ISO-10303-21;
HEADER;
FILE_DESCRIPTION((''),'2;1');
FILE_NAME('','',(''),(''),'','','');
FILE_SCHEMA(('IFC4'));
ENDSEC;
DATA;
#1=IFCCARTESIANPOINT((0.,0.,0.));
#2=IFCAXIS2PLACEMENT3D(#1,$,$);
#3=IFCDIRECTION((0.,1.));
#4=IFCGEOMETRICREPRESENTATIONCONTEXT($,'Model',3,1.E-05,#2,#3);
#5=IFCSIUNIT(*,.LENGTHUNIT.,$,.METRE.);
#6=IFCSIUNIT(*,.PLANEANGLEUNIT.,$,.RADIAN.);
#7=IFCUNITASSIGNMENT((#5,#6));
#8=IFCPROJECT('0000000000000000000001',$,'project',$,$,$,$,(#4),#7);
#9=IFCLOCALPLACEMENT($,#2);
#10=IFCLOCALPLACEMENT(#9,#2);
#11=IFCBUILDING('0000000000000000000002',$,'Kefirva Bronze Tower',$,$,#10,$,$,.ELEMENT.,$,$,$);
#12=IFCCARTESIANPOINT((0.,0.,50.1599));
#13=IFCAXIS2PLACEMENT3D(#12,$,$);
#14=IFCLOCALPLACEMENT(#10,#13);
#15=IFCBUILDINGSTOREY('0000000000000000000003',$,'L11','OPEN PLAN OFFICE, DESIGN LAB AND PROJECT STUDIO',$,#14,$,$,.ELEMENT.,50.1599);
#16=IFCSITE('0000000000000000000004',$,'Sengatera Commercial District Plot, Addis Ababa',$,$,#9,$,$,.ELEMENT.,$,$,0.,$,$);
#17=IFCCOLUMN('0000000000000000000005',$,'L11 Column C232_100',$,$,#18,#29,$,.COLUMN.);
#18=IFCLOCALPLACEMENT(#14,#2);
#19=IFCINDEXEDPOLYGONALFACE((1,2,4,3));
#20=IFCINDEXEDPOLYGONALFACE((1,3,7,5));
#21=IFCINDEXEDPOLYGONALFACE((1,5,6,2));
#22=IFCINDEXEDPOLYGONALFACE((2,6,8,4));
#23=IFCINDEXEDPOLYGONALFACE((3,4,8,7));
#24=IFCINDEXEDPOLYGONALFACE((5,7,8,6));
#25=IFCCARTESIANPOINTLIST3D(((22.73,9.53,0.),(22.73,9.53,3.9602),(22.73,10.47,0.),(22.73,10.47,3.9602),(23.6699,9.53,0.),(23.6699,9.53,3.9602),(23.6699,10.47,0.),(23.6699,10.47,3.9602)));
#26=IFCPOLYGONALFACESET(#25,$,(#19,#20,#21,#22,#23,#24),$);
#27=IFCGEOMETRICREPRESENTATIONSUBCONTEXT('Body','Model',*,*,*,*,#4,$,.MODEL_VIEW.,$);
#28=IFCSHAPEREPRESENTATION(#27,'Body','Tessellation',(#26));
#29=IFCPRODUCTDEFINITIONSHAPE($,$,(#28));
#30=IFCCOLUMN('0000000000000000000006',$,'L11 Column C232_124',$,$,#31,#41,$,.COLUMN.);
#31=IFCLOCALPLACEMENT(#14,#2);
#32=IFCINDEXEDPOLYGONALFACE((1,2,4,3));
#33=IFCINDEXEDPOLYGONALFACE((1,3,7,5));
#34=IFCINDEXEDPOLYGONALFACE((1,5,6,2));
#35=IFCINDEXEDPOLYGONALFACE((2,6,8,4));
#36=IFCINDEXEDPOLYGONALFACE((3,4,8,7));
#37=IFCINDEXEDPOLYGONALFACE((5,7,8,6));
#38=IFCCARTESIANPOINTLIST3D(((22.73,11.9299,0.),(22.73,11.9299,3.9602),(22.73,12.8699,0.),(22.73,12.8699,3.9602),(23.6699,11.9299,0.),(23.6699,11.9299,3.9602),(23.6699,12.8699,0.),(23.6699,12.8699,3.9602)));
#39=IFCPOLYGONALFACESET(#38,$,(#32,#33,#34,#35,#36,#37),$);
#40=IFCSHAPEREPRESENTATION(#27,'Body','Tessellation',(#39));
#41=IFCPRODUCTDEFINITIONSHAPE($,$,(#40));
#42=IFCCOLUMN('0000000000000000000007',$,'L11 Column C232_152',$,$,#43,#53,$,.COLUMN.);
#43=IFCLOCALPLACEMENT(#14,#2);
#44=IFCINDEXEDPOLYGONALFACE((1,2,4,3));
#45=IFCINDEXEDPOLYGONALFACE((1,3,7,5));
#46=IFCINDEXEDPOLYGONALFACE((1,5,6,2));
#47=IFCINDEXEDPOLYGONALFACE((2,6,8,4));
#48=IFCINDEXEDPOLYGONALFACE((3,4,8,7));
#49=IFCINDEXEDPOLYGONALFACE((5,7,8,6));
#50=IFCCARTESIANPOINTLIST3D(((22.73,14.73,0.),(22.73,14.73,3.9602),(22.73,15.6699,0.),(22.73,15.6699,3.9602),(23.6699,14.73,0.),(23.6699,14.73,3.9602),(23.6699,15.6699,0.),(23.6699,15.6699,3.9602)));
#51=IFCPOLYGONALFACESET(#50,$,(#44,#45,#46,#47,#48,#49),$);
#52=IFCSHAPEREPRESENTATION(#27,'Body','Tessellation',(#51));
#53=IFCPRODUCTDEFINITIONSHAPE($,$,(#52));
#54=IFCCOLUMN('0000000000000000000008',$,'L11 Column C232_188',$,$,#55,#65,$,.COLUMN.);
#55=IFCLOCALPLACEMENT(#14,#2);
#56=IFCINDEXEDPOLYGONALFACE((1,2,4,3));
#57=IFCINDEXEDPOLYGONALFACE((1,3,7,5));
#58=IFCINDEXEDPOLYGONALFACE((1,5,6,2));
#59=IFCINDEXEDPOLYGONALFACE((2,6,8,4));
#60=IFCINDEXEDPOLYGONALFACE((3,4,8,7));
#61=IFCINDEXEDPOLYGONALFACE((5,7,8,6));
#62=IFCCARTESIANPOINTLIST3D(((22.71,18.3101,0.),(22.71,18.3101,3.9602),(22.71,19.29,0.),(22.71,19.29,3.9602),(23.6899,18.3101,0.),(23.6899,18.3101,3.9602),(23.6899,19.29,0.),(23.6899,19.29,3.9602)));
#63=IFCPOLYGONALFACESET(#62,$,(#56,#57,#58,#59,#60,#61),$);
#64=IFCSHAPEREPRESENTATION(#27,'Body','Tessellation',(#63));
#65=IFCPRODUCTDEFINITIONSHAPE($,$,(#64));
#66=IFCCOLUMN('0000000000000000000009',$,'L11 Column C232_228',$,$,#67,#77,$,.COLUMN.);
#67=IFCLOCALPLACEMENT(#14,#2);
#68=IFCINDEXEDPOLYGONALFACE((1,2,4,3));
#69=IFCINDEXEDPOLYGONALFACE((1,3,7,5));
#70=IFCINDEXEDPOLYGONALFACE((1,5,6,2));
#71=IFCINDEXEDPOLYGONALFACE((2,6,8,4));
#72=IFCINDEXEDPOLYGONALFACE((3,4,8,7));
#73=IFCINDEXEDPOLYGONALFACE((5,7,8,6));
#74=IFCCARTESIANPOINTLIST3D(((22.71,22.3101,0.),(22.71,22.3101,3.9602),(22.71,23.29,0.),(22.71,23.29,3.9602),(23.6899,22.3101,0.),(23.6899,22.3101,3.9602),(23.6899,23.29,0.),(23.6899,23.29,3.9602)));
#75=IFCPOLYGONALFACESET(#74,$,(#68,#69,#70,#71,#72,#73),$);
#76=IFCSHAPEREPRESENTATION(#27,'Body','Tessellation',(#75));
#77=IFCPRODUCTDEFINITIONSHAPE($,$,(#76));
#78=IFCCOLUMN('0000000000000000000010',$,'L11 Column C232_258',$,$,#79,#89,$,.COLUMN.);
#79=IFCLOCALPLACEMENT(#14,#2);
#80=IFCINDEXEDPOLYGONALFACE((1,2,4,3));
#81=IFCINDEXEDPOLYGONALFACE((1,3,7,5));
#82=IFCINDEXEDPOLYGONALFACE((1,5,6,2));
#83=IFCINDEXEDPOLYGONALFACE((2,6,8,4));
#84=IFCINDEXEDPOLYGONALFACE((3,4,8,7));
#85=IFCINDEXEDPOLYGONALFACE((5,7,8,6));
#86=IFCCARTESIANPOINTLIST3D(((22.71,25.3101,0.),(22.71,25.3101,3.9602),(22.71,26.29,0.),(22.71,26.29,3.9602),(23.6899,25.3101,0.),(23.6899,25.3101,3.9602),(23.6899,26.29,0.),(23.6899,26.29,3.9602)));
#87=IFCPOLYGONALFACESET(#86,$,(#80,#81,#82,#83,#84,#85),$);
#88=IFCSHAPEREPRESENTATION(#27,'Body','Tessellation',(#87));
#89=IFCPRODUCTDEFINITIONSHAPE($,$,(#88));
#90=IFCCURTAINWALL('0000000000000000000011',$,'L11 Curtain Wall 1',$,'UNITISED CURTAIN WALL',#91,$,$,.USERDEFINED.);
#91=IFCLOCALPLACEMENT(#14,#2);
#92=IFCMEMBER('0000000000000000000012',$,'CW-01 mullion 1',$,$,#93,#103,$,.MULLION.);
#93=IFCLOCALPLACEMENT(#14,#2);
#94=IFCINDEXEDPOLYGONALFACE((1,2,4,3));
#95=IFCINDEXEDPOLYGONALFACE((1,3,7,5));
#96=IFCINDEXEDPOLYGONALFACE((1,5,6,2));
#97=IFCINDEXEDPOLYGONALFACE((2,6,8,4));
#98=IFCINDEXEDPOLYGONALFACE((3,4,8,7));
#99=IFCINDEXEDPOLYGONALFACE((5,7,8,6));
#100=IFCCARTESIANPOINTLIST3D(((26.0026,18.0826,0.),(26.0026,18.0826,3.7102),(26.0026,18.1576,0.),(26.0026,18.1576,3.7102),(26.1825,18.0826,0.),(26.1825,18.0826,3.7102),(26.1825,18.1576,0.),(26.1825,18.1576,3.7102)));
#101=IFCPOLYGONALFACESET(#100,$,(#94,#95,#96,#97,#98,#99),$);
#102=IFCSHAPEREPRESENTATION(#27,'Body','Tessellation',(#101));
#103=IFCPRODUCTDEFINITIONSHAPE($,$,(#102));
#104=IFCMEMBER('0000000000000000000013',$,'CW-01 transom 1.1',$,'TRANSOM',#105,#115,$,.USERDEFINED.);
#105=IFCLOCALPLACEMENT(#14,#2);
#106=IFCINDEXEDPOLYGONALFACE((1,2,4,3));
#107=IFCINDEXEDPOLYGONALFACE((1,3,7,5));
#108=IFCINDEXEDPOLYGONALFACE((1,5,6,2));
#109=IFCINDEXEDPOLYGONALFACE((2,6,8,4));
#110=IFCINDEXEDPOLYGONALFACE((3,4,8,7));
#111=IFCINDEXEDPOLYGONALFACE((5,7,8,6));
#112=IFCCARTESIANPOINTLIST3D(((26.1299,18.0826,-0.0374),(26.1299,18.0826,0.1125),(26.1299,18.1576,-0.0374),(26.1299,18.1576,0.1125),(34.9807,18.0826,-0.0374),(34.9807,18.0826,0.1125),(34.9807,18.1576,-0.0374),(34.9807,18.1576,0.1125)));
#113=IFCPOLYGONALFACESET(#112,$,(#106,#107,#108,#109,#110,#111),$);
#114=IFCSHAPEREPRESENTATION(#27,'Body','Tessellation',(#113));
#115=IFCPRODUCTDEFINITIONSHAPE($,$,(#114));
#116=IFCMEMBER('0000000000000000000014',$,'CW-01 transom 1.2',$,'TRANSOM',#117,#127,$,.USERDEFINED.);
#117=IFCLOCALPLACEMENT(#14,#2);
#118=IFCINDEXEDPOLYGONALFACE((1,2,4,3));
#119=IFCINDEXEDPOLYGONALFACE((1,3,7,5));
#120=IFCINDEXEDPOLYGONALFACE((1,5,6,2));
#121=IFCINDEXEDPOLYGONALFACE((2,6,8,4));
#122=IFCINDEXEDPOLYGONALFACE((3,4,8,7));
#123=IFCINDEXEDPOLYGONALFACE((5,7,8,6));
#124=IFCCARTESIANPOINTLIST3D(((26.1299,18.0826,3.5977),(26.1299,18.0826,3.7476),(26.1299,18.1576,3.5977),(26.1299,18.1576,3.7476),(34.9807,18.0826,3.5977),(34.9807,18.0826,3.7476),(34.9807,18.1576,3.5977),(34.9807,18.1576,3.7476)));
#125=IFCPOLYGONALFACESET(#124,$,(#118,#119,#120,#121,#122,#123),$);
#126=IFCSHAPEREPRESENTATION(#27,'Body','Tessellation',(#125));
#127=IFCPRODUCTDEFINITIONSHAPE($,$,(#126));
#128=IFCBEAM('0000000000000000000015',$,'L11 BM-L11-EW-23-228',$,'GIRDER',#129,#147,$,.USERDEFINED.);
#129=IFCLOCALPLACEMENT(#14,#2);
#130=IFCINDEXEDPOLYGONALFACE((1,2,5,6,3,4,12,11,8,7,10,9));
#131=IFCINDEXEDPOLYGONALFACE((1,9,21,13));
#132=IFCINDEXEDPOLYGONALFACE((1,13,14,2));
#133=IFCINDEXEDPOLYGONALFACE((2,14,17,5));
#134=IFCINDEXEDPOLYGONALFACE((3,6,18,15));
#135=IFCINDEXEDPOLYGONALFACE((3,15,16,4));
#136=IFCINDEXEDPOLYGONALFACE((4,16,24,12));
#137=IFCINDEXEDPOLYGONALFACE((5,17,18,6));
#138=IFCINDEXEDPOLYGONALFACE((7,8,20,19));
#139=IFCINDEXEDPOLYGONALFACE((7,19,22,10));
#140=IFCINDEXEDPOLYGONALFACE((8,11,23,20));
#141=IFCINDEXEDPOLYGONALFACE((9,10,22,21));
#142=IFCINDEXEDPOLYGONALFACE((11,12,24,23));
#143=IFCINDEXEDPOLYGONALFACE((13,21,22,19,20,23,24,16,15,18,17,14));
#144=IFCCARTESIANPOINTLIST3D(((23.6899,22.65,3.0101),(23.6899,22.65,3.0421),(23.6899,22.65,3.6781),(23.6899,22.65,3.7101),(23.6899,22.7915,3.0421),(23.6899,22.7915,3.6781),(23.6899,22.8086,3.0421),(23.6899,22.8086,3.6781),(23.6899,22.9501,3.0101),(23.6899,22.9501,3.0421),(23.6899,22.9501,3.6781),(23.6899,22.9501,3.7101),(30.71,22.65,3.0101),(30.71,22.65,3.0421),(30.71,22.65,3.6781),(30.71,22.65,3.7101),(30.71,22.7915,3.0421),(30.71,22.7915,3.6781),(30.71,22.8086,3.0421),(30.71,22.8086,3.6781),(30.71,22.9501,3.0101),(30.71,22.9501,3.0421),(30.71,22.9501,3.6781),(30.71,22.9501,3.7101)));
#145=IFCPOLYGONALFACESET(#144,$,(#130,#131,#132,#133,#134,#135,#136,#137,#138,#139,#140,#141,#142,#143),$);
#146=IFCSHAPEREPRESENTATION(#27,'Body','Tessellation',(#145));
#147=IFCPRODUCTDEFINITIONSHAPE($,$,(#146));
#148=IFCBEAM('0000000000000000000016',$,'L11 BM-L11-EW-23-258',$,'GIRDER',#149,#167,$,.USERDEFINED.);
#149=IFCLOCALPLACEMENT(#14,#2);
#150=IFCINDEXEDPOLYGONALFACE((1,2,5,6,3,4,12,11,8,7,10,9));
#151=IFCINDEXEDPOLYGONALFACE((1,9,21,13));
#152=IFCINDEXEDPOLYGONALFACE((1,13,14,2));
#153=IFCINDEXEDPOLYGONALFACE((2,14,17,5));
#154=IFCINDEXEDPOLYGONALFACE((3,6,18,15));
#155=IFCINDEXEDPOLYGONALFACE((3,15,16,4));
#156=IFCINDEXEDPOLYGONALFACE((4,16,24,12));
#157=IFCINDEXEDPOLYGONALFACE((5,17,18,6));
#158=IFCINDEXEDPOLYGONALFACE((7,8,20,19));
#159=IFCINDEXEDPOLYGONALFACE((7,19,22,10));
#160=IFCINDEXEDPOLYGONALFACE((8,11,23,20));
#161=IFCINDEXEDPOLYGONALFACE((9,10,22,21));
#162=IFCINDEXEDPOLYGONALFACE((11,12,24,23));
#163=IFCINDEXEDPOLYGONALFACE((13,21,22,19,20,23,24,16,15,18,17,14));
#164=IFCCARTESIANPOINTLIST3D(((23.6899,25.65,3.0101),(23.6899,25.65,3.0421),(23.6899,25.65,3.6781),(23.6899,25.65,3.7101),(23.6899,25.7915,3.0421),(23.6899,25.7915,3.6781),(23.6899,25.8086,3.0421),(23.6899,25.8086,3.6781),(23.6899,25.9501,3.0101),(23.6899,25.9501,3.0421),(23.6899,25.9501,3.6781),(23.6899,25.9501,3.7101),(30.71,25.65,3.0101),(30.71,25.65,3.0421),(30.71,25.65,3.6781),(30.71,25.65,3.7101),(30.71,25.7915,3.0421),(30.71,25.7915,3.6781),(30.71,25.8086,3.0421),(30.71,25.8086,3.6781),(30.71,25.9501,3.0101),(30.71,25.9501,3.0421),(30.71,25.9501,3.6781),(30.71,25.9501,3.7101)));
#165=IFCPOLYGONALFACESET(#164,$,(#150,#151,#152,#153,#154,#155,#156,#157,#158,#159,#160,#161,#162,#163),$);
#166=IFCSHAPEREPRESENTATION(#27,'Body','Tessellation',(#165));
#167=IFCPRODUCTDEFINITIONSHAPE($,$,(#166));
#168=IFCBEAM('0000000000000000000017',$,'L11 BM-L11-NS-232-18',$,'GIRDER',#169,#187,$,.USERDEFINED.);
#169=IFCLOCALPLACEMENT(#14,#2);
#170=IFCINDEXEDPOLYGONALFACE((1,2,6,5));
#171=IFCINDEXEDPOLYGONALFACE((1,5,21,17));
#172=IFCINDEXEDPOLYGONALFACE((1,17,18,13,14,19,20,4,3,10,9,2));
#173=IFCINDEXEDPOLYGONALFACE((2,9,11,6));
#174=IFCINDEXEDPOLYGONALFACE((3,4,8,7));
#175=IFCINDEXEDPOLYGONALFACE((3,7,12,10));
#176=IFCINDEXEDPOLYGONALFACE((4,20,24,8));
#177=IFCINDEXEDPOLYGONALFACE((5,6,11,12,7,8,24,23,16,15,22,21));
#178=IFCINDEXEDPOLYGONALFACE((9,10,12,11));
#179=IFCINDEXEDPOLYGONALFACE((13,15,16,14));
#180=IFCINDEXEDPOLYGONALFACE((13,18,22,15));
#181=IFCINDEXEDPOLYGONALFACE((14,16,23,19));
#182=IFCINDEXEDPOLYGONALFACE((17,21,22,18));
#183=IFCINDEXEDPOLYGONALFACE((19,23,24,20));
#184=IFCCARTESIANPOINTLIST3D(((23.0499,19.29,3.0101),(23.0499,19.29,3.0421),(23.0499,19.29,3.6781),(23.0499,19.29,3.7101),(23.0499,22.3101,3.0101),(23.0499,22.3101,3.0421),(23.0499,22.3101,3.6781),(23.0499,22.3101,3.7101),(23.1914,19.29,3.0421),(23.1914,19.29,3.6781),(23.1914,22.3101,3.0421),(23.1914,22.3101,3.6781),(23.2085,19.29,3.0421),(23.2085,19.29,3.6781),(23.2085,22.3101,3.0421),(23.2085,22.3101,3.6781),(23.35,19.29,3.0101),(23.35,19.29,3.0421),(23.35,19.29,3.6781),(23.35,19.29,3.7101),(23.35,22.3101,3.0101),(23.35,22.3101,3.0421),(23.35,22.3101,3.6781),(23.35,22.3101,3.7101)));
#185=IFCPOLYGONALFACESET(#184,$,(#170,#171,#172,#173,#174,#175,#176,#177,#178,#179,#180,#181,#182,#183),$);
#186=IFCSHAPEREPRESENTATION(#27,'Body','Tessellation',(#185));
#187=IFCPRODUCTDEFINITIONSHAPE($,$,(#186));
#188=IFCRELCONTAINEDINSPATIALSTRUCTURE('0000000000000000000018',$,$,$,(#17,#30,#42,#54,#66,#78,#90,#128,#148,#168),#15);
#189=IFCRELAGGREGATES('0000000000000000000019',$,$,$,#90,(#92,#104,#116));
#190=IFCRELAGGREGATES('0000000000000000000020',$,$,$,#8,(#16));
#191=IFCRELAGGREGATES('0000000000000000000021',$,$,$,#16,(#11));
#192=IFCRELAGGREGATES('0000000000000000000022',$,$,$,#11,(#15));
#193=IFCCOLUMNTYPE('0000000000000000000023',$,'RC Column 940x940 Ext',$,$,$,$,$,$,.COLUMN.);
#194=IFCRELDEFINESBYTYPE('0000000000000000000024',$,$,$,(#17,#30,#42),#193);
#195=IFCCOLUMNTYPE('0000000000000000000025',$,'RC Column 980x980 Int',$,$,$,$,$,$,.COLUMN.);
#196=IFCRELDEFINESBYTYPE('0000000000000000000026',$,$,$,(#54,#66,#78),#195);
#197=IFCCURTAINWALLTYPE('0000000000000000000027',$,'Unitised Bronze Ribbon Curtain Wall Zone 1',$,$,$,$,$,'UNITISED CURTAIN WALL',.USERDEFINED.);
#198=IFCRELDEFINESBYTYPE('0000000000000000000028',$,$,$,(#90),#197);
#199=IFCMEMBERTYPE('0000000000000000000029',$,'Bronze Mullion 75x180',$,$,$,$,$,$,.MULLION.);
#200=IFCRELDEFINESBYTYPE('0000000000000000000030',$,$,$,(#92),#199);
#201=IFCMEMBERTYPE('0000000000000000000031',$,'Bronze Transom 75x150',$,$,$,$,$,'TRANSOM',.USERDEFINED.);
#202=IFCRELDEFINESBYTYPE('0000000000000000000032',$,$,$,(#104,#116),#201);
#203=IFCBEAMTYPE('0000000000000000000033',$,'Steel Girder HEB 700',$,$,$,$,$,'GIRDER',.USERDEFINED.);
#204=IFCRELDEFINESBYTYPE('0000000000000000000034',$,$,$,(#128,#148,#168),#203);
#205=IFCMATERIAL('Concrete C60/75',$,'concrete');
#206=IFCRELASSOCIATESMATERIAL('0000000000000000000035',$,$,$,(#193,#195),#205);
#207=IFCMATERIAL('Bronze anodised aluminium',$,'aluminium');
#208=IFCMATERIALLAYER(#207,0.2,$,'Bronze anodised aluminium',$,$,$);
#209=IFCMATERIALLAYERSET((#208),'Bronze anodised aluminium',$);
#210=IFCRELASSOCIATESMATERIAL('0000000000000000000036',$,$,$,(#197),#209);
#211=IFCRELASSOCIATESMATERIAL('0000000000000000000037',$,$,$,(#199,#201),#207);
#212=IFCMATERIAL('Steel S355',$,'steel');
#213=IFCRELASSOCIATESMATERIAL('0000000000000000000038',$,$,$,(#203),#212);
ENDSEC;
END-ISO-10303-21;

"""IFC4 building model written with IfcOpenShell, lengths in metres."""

from ifc_helpers import new_model, si_unit, direction, frame, origin, origin_2d, place, context, subcontext, project, spatial, rectangle, i_section, extrude, material, layer, layer_set, material_profile, profile_set, type_object, element, aggregate, save


model = new_model("IFC4")

# Units and contexts
model_context = context("Model", 3, precision=1e-05, world=origin(), true_north=direction((0.0, 1.0)))
body_context = subcontext(model_context, "Body", "Model", "MODEL_VIEW")
ifc_project = project(units=[si_unit("LENGTHUNIT", "METRE"), si_unit("PLANEANGLEUNIT", "RADIAN")], contexts=[model_context])

# Site, building, storey
site_placement = place(None, origin())
site = spatial("IfcSite", under=ifc_project, at=site_placement, Name="Sengatera Commercial District Plot, Addis Ababa", CompositionType="ELEMENT", RefElevation=0.0)
building_placement = place(site_placement, origin())
building = spatial("IfcBuilding", under=site, at=building_placement, Name="Kefirva Bronze Tower", CompositionType="ELEMENT")
storey_placement = place(building_placement, frame((0.0, 0.0, 50.1599)))
storey = spatial("IfcBuildingStorey", under=building, at=storey_placement, Name="L11", Description="OPEN PLAN OFFICE, DESIGN LAB AND PROJECT STUDIO", CompositionType="ELEMENT", Elevation=50.1599)

# Columns
ifc_material_1 = material(Name="Concrete C60/75", Category="concrete")
ifc_material_profile_1 = material_profile(ifc_material_1, rectangle(XDim=0.9399, YDim=0.9399, at=origin_2d()), Name="RC 940x940")
ifc_profile_set_1 = profile_set([ifc_material_profile_1], Name="Concrete C60/75")
column_type_1 = type_object("IfcColumnType", Name="RC Column 940x940 Ext", PredefinedType="COLUMN", material=ifc_profile_set_1)
for number, where, z_axis, x_axis, name in (
    (1, (23.2, 10.0, 0.0), (0.0, 0.0, 1.0), (1.0, 0.0, 0.0), "L11 Column C232_100"),
    (2, (23.2, 12.3999, 0.0), (0.0, 0.0, 1.0), (1.0, 0.0, 0.0), "L11 Column C232_124"),
    (3, (23.2, 15.2, 0.0), (0.0, 0.0, 1.0), (1.0, 0.0, 0.0), "L11 Column C232_152"),
):
    element("IfcColumn", number, at=place(storey_placement, frame(where, z_axis=z_axis, x_axis=x_axis)), inside=storey, type_object=column_type_1, Name=name, PredefinedType="COLUMN", context=body_context, shape_type="SweptSolid", body=[
        extrude(rectangle(XDim=0.9399, YDim=0.9399, at=origin_2d()), origin(), (0.0, 0.0, 1.0), 3.9602),
    ])
ifc_material_profile_2 = material_profile(ifc_material_1, rectangle(XDim=0.98, YDim=0.98, at=origin_2d()), Name="RC 980x980")
ifc_profile_set_2 = profile_set([ifc_material_profile_2], Name="Concrete C60/75")
column_type_2 = type_object("IfcColumnType", Name="RC Column 980x980 Int", PredefinedType="COLUMN", material=ifc_profile_set_2)
for number, where, z_axis, x_axis, name in (
    (4, (23.2, 18.8, 0.0), (0.0, 0.0, 1.0), (1.0, 0.0, 0.0), "L11 Column C232_188"),
    (5, (23.2, 22.8, 0.0), (0.0, 0.0, 1.0), (1.0, 0.0, 0.0), "L11 Column C232_228"),
    (6, (23.2, 25.8, 0.0), (0.0, 0.0, 1.0), (1.0, 0.0, 0.0), "L11 Column C232_258"),
):
    element("IfcColumn", number, at=place(storey_placement, frame(where, z_axis=z_axis, x_axis=x_axis)), inside=storey, type_object=column_type_2, Name=name, PredefinedType="COLUMN", context=body_context, shape_type="SweptSolid", body=[
        extrude(rectangle(XDim=0.98, YDim=0.98, at=origin_2d()), origin(), (0.0, 0.0, 1.0), 3.9602),
    ])

# Curtain wall, members
ifc_material_2 = material(Name="Bronze anodised aluminium", Category="aluminium")
ifc_layer_1 = layer(ifc_material_2, 0.2, Name="Bronze anodised aluminium")
ifc_layer_set_1 = layer_set([ifc_layer_1], Name="Bronze anodised aluminium")
curtain_wall_type = type_object("IfcCurtainWallType", Name="Unitised Bronze Ribbon Curtain Wall Zone 1", ElementType="UNITISED CURTAIN WALL", PredefinedType="USERDEFINED", material=ifc_layer_set_1)
curtain_wall_placement = place(storey_placement, origin())
curtain_wall = element("IfcCurtainWall", 7, at=curtain_wall_placement, inside=storey, type_object=curtain_wall_type, Name="L11 Curtain Wall 1", ObjectType="UNITISED CURTAIN WALL", PredefinedType="USERDEFINED")
ifc_material_profile_3 = material_profile(ifc_material_2, rectangle(XDim=0.075, YDim=0.1799, at=origin_2d()), Name="ALU 75x180")
ifc_profile_set_3 = profile_set([ifc_material_profile_3], Name="Bronze anodised aluminium")
member_type_1 = type_object("IfcMemberType", Name="Bronze Mullion 75x180", PredefinedType="MULLION", material=ifc_profile_set_3)
member_1_placement = place(storey_placement, frame((26.0925, 18.1201, 0.0), z_axis=(0.0, 0.0, 1.0), x_axis=(0.0, 1.0, 0.0)))
member_1 = element("IfcMember", 8, at=member_1_placement, type_object=member_type_1, Name="CW-01 mullion 1", PredefinedType="MULLION", context=body_context, shape_type="SweptSolid", body=[
    extrude(rectangle(XDim=0.075, YDim=0.1799, at=origin_2d()), origin(), (0.0, 0.0, 1.0), 3.7102),
])
ifc_material_profile_4 = material_profile(ifc_material_2, rectangle(XDim=0.075, YDim=0.1499, at=origin_2d()), Name="ALU 75x150")
ifc_profile_set_4 = profile_set([ifc_material_profile_4], Name="Bronze anodised aluminium")
member_type_2 = type_object("IfcMemberType", Name="Bronze Transom 75x150", ElementType="TRANSOM", PredefinedType="USERDEFINED", material=ifc_profile_set_4)
member_2_placement = place(storey_placement, frame((26.1299, 18.1201, 0.0376), z_axis=(1.0, 0.0, 0.0), x_axis=(0.0, 1.0, 0.0)))
member_2 = element("IfcMember", 9, at=member_2_placement, type_object=member_type_2, Name="CW-01 transom 1.1", ObjectType="TRANSOM", PredefinedType="USERDEFINED", context=body_context, shape_type="SweptSolid", body=[
    extrude(rectangle(XDim=0.075, YDim=0.1499, at=origin_2d()), origin(), (0.0, 0.0, 1.0), 8.8508),
])
member_3_placement = place(storey_placement, frame((26.1299, 18.1201, 3.6726), z_axis=(1.0, 0.0, 0.0), x_axis=(0.0, 1.0, 0.0)))
member_3 = element("IfcMember", 10, at=member_3_placement, type_object=member_type_2, Name="CW-01 transom 1.2", ObjectType="TRANSOM", PredefinedType="USERDEFINED", context=body_context, shape_type="SweptSolid", body=[
    extrude(rectangle(XDim=0.075, YDim=0.1499, at=origin_2d()), origin(), (0.0, 0.0, 1.0), 8.8508),
])
aggregate(curtain_wall, [member_1, member_2, member_3])

# Beams
ifc_material_3 = material(Name="Steel S355", Category="steel")
ifc_material_profile_5 = material_profile(ifc_material_3, i_section(OverallWidth=0.3, OverallDepth=0.7, WebThickness=0.0171, FlangeThickness=0.032, at=origin_2d()), Name="HEB 700")
ifc_profile_set_5 = profile_set([ifc_material_profile_5], Name="Steel S355")
beam_type_1 = type_object("IfcBeamType", Name="Steel Girder HEB 700", ElementType="GIRDER", PredefinedType="USERDEFINED", material=ifc_profile_set_5)
for number, where, z_axis, x_axis, name in (
    (11, (23.6899, 22.8, 3.3601), (1.0, 0.0, 0.0), (0.0, 1.0, 0.0), "L11 BM-L11-EW-23-228"),
    (12, (23.6899, 25.8, 3.3601), (1.0, 0.0, 0.0), (0.0, 1.0, 0.0), "L11 BM-L11-EW-23-258"),
):
    element("IfcBeam", number, at=place(storey_placement, frame(where, z_axis=z_axis, x_axis=x_axis)), inside=storey, type_object=beam_type_1, Name=name, ObjectType="GIRDER", PredefinedType="USERDEFINED", context=body_context, shape_type="SweptSolid", body=[
        extrude(i_section(OverallWidth=0.3, OverallDepth=0.7, WebThickness=0.0171, FlangeThickness=0.032, at=origin_2d()), origin(), (0.0, 0.0, 1.0), 7.02),
    ])
beam_1_placement = place(storey_placement, frame((23.2, 19.29, 3.3601), z_axis=(0.0, 1.0, 0.0), x_axis=(-1.0, 0.0, 0.0)))
element("IfcBeam", 13, at=beam_1_placement, inside=storey, type_object=beam_type_1, Name="L11 BM-L11-NS-232-18", ObjectType="GIRDER", PredefinedType="USERDEFINED", context=body_context, shape_type="SweptSolid", body=[
    extrude(i_section(OverallWidth=0.3, OverallDepth=0.7, WebThickness=0.0171, FlangeThickness=0.032, at=origin_2d()), origin(), (0.0, 0.0, 1.0), 3.02),
])

save(model, "model.ifc")
